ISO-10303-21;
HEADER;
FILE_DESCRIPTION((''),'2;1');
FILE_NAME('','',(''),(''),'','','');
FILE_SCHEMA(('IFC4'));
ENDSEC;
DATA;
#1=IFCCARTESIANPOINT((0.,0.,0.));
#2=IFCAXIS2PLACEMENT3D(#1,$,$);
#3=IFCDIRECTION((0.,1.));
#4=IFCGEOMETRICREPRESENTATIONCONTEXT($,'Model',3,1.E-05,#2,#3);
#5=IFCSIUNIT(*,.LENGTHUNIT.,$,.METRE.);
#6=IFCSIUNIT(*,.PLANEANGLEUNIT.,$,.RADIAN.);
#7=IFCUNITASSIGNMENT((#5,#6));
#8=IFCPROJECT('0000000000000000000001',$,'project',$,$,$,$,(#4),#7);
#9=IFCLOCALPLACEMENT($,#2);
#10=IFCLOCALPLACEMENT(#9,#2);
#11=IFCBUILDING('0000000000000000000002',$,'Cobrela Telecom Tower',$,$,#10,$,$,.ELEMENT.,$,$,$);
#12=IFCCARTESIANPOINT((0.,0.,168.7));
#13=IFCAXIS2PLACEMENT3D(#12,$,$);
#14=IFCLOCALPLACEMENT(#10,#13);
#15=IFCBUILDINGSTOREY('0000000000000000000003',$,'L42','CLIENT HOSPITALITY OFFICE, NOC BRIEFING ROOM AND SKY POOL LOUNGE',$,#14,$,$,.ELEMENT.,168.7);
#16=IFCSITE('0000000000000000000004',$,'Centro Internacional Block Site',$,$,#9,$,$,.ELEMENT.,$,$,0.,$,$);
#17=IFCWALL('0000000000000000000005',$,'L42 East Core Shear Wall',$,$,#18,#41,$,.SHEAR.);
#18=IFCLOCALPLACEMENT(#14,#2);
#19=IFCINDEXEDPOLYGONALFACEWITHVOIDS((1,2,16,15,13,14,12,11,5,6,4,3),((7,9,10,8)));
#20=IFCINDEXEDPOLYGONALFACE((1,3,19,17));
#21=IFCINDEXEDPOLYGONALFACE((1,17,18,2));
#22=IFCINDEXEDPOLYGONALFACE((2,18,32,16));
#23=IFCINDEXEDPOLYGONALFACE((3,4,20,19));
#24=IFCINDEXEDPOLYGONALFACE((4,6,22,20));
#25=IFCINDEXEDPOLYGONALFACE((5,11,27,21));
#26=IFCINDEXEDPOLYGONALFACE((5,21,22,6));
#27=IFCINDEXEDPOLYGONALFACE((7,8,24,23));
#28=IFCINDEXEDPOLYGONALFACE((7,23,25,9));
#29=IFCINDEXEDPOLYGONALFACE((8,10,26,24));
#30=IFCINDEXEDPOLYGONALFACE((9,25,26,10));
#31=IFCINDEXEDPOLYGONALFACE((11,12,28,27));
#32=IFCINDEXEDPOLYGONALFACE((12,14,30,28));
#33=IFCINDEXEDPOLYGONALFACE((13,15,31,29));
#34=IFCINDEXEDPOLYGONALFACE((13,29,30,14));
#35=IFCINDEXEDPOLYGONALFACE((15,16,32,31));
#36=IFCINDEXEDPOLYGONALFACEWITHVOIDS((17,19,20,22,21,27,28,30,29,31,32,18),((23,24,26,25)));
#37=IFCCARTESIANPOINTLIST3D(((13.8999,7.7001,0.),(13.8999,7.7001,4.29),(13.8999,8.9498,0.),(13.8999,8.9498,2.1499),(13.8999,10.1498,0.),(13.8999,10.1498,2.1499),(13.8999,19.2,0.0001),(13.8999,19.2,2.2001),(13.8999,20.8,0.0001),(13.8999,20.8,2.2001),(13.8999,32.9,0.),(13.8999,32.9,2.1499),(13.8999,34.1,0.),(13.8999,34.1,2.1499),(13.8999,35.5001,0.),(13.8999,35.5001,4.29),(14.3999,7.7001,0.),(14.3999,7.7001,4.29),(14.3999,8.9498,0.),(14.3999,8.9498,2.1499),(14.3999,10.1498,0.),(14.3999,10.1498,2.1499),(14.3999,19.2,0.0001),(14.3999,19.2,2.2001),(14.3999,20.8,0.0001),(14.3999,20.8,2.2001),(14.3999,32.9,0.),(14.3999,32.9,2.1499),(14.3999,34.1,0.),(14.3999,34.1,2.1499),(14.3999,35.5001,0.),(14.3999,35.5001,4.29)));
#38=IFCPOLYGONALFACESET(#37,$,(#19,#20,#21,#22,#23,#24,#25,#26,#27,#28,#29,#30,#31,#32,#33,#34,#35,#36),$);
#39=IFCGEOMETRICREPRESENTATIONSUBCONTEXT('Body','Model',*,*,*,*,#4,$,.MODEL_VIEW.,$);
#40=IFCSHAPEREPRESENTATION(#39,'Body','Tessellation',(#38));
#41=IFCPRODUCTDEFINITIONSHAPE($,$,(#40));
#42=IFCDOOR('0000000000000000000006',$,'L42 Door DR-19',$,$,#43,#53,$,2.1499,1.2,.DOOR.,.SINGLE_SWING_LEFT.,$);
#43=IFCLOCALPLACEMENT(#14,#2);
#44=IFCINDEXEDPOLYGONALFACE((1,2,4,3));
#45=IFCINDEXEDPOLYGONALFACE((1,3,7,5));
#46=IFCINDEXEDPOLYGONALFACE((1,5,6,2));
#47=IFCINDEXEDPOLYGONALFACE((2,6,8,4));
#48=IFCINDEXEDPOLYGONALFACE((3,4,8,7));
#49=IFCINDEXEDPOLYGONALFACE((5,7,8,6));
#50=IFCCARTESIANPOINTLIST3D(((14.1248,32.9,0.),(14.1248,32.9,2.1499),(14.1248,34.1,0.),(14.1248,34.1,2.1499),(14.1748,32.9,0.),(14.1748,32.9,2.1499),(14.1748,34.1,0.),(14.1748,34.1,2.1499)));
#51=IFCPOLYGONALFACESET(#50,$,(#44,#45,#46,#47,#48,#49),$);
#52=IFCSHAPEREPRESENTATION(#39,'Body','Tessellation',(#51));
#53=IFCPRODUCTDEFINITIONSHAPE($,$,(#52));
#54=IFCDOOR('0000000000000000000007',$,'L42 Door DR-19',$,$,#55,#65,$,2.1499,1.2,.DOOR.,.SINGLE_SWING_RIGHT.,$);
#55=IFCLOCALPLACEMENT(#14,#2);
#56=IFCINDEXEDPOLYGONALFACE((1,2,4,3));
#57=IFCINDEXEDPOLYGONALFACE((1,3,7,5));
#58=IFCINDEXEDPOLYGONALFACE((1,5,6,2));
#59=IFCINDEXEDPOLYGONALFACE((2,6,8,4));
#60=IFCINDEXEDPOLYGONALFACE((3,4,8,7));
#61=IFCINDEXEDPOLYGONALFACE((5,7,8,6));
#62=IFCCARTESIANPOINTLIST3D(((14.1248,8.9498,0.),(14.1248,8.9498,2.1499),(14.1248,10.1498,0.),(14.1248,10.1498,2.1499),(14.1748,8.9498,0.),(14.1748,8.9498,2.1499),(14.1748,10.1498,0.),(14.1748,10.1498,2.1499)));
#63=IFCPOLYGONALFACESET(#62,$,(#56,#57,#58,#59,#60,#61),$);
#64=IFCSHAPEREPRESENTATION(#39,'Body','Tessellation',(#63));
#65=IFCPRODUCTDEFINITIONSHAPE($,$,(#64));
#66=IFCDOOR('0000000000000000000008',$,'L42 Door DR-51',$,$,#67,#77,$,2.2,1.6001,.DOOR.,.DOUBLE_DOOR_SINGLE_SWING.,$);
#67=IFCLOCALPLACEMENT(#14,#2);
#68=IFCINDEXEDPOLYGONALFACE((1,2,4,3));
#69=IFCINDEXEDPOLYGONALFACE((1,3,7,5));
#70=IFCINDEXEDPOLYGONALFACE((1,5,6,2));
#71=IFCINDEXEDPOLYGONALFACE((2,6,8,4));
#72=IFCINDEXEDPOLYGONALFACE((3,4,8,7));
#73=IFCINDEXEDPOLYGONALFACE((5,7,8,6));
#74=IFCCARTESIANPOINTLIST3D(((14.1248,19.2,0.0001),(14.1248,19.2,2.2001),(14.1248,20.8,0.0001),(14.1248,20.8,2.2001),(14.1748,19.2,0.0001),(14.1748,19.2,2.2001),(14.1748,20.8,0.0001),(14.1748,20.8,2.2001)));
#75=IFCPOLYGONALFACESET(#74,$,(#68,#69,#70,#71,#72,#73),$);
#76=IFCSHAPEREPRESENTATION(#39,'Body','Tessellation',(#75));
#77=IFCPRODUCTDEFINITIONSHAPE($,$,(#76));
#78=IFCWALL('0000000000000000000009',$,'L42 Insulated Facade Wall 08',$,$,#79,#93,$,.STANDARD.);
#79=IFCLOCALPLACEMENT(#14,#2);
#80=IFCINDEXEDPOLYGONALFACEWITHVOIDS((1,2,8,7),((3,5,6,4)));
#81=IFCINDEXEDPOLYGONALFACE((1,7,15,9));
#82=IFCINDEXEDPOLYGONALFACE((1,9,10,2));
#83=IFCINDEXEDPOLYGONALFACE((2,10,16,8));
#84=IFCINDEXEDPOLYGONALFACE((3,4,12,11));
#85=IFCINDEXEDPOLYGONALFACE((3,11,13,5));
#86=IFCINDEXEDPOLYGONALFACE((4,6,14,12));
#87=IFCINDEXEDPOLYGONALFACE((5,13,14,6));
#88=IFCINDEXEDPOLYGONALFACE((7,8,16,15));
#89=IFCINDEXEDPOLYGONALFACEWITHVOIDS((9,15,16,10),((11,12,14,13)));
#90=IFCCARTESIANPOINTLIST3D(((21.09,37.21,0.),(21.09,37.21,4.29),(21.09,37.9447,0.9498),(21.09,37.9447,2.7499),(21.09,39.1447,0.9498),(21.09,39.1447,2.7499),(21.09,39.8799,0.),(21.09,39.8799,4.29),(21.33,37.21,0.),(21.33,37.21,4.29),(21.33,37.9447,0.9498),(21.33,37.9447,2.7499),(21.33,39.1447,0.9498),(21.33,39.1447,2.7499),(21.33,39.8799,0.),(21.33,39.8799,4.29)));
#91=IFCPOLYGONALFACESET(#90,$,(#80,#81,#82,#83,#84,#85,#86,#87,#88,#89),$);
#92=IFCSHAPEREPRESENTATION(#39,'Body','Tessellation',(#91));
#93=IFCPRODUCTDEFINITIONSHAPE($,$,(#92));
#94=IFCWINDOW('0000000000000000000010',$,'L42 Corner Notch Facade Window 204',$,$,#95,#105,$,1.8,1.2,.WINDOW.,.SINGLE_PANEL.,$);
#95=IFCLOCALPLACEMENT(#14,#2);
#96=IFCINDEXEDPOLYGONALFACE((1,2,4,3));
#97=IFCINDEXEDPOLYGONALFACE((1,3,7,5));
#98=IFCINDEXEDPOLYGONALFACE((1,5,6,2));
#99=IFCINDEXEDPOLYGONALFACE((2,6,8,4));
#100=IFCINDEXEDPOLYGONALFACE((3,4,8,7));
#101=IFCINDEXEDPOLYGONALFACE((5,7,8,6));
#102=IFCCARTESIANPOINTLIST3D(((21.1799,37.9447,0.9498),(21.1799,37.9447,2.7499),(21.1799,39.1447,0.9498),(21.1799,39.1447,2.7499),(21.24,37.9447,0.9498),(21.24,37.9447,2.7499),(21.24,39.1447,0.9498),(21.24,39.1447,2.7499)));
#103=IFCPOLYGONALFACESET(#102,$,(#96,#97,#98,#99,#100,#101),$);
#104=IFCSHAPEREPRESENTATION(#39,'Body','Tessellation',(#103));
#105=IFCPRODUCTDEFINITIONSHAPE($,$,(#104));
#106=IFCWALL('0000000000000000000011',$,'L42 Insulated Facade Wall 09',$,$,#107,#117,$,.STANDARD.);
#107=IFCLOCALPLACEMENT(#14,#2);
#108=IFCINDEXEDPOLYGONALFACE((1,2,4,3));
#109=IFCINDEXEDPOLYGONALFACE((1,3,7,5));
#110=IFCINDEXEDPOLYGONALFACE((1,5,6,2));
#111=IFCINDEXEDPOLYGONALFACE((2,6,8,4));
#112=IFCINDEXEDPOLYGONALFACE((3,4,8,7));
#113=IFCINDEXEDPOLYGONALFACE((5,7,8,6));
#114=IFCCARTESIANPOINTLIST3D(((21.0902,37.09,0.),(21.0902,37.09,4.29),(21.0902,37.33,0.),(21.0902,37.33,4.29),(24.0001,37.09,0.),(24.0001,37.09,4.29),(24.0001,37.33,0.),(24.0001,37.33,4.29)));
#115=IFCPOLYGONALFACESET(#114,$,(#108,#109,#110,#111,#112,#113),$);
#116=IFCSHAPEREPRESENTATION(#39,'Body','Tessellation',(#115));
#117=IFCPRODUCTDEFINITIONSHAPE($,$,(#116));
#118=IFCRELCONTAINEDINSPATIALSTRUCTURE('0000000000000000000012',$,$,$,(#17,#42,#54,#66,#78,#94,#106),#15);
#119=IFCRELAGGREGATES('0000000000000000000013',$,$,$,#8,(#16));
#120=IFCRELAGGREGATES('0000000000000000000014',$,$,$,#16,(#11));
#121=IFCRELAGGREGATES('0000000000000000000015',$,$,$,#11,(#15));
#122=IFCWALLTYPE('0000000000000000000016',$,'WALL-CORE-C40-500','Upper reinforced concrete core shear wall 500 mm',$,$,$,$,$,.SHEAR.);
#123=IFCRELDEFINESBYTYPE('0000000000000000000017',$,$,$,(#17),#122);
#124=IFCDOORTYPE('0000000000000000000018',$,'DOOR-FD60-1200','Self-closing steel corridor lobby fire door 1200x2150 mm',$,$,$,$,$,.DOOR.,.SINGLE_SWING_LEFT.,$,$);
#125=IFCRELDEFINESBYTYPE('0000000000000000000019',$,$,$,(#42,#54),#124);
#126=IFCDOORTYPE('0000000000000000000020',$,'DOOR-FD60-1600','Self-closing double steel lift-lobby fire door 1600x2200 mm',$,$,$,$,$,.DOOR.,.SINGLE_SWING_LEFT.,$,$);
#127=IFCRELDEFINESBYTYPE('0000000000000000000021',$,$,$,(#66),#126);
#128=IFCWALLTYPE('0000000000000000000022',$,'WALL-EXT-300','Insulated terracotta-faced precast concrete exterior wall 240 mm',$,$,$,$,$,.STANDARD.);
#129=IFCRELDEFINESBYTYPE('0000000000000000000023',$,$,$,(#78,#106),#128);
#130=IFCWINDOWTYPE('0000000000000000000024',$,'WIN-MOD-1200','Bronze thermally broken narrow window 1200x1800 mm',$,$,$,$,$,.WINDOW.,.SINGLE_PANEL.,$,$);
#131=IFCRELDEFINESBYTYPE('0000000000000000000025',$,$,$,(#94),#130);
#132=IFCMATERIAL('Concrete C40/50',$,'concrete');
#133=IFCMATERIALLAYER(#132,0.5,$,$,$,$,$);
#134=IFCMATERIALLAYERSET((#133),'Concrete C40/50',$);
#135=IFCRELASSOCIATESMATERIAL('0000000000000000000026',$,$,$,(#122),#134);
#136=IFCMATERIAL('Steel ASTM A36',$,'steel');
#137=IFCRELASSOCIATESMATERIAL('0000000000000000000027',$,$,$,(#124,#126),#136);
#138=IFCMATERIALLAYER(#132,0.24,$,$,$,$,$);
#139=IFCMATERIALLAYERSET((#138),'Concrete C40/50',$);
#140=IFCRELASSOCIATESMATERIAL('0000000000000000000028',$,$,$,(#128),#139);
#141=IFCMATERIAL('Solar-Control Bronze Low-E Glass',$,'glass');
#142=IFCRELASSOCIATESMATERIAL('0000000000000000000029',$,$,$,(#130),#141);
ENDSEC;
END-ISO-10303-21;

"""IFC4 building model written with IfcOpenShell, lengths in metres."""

from ifc_helpers import new_model, si_unit, direction, frame, frame_2d, origin, place, context, subcontext, project, spatial, rectangle, extrude, material, layer, layer_set, type_object, element, fill, save


model = new_model("IFC4")

# Units and contexts
model_context = context("Model", 3, precision=1e-05, world=origin(), true_north=direction((0.0, 1.0)))
body_context = subcontext(model_context, "Body", "Model", "MODEL_VIEW")
ifc_project = project(units=[si_unit("LENGTHUNIT", "METRE"), si_unit("PLANEANGLEUNIT", "RADIAN")], contexts=[model_context])

# Site, building, storey
site_placement = place(None, origin())
site = spatial("IfcSite", under=ifc_project, at=site_placement, Name="Centro Internacional Block Site", CompositionType="ELEMENT", RefElevation=0.0)
building_placement = place(site_placement, origin())
building = spatial("IfcBuilding", under=site, at=building_placement, Name="Cobrela Telecom Tower", CompositionType="ELEMENT")
storey_placement = place(building_placement, frame((0.0, 0.0, 168.7)))
storey = spatial("IfcBuildingStorey", under=building, at=storey_placement, Name="L42", Description="CLIENT HOSPITALITY OFFICE, NOC BRIEFING ROOM AND SKY POOL LOUNGE", CompositionType="ELEMENT", Elevation=168.7)

# Shared definitions
ifc_material_1 = material(Name="Concrete C40/50", Category="concrete")

# Wall, openings, doors
ifc_layer_1 = layer(ifc_material_1, 0.5)
ifc_layer_set_1 = layer_set([ifc_layer_1], Name="Concrete C40/50")
wall_type_1 = type_object("IfcWallType", Name="WALL-CORE-C40-500", Description="Upper reinforced concrete core shear wall 500 mm", PredefinedType="SHEAR", material=ifc_layer_set_1)
wall_1_placement = place(storey_placement, frame((14.1499, 35.5, 0.0), z_axis=(0.0, 0.0, 1.0), x_axis=(0.0, -1.0, 0.0)))
wall_1 = element("IfcWall", 1, at=wall_1_placement, inside=storey, type_object=wall_type_1, Name="L42 East Core Shear Wall", PredefinedType="SHEAR", context=body_context, shape_type="SweptSolid", body=[
    extrude(rectangle(XDim=27.8, YDim=0.5, at=frame_2d((13.8999, 0.0))), origin(), (0.0, 0.0, 1.0), 4.29),
])
opening_1_placement = place(wall_1_placement, frame((1.3999, 0.0, 0.0)))
opening_1 = element("IfcOpeningElement", 2, at=opening_1_placement, cuts=wall_1, PredefinedType="OPENING", context=body_context, shape_type="SweptSolid", body=[
    extrude(rectangle(XDim=1.2, YDim=2.1499, at=frame_2d((0.6001, 1.075))), frame((0.0, 0.262, 0.0), z_axis=(0.0, -1.0, 0.0), x_axis=(1.0, 0.0, 0.0)), (0.0, 0.0, 1.0), 0.5239),
])
opening_2_placement = place(wall_1_placement, frame((25.3501, 0.0, 0.0)))
opening_2 = element("IfcOpeningElement", 3, at=opening_2_placement, cuts=wall_1, PredefinedType="OPENING", context=body_context, shape_type="SweptSolid", body=[
    extrude(rectangle(XDim=1.2, YDim=2.1499, at=frame_2d((0.6001, 1.075))), frame((0.0, 0.262, 0.0), z_axis=(0.0, -1.0, 0.0), x_axis=(1.0, 0.0, 0.0)), (0.0, 0.0, 1.0), 0.5239),
])
opening_3_placement = place(wall_1_placement, frame((14.7, 0.0, 0.0)))
opening_3 = element("IfcOpeningElement", 4, at=opening_3_placement, cuts=wall_1, PredefinedType="OPENING", context=body_context, shape_type="SweptSolid", body=[
    extrude(rectangle(XDim=1.6001, YDim=2.2, at=frame_2d((0.8, 1.1001))), frame((0.0, 0.262, 0.0), z_axis=(0.0, -1.0, 0.0), x_axis=(1.0, 0.0, 0.0)), (0.0, 0.0, 1.0), 0.5239),
])
ifc_material_2 = material(Name="Steel ASTM A36", Category="steel")
door_type_1 = type_object("IfcDoorType", Name="DOOR-FD60-1200", Description="Self-closing steel corridor lobby fire door 1200x2150 mm", OperationType="SINGLE_SWING_LEFT", PredefinedType="DOOR", material=ifc_material_2)
door_1_placement = place(opening_1_placement, origin())
door_1 = element("IfcDoor", 5, at=door_1_placement, inside=storey, type_object=door_type_1, Name="L42 Door DR-19", OperationType="SINGLE_SWING_LEFT", OverallHeight=2.1499, OverallWidth=1.2, PredefinedType="DOOR", context=body_context, shape_type="SweptSolid", body=[
    extrude(rectangle(XDim=1.2, YDim=2.1499, at=frame_2d((0.6001, 1.075))), frame((0.0, 0.0249, 0.0), z_axis=(0.0, -1.0, 0.0), x_axis=(1.0, 0.0, 0.0)), (0.0, 0.0, 1.0), 0.05),
])
fill(opening_1, door_1)
door_2_placement = place(opening_2_placement, origin())
door_2 = element("IfcDoor", 6, at=door_2_placement, inside=storey, type_object=door_type_1, Name="L42 Door DR-19", OperationType="SINGLE_SWING_RIGHT", OverallHeight=2.1499, OverallWidth=1.2, PredefinedType="DOOR", context=body_context, shape_type="SweptSolid", body=[
    extrude(rectangle(XDim=1.2, YDim=2.1499, at=frame_2d((0.6001, 1.075))), frame((0.0, 0.0249, 0.0), z_axis=(0.0, -1.0, 0.0), x_axis=(1.0, 0.0, 0.0)), (0.0, 0.0, 1.0), 0.05),
])
fill(opening_2, door_2)
door_type_2 = type_object("IfcDoorType", Name="DOOR-FD60-1600", Description="Self-closing double steel lift-lobby fire door 1600x2200 mm", OperationType="SINGLE_SWING_LEFT", PredefinedType="DOOR", material=ifc_material_2)
door_3_placement = place(opening_3_placement, origin())
door_3 = element("IfcDoor", 7, at=door_3_placement, inside=storey, type_object=door_type_2, Name="L42 Door DR-51", OperationType="DOUBLE_DOOR_SINGLE_SWING", OverallHeight=2.2, OverallWidth=1.6001, PredefinedType="DOOR", context=body_context, shape_type="SweptSolid", body=[
    extrude(rectangle(XDim=1.6001, YDim=2.2, at=frame_2d((0.8, 1.1001))), frame((0.0, 0.0249, 0.0), z_axis=(0.0, -1.0, 0.0), x_axis=(1.0, 0.0, 0.0)), (0.0, 0.0, 1.0), 0.05),
])
fill(opening_3, door_3)

# Wall, opening, window
ifc_layer_2 = layer(ifc_material_1, 0.24)
ifc_layer_set_2 = layer_set([ifc_layer_2], Name="Concrete C40/50")
wall_type_2 = type_object("IfcWallType", Name="WALL-EXT-300", Description="Insulated terracotta-faced precast concrete exterior wall 240 mm", PredefinedType="STANDARD", material=ifc_layer_set_2)
wall_2_placement = place(storey_placement, frame((21.21, 39.8799, 0.0), z_axis=(0.0, 0.0, 1.0), x_axis=(0.0, -1.0, 0.0)))
wall_2 = element("IfcWall", 8, at=wall_2_placement, inside=storey, type_object=wall_type_2, Name="L42 Insulated Facade Wall 08", PredefinedType="STANDARD", context=body_context, shape_type="SweptSolid", body=[
    extrude(rectangle(XDim=2.6699, YDim=0.24, at=frame_2d((1.335, 0.0))), origin(), (0.0, 0.0, 1.0), 4.29),
])
opening_4_placement = place(wall_2_placement, frame((0.7351, 0.0, 0.95)))
opening_4 = element("IfcOpeningElement", 9, at=opening_4_placement, cuts=wall_2, PredefinedType="OPENING", context=body_context, shape_type="SweptSolid", body=[
    extrude(rectangle(XDim=1.2, YDim=1.8, at=frame_2d((0.6001, 0.8999))), frame((0.0, 0.1318, 0.0), z_axis=(0.0, -1.0, 0.0), x_axis=(1.0, 0.0, 0.0)), (0.0, 0.0, 1.0), 0.2639),
])
ifc_material_3 = material(Name="Solar-Control Bronze Low-E Glass", Category="glass")
window_type = type_object("IfcWindowType", Name="WIN-MOD-1200", Description="Bronze thermally broken narrow window 1200x1800 mm", PartitioningType="SINGLE_PANEL", PredefinedType="WINDOW", material=ifc_material_3)
window_placement = place(opening_4_placement, origin())
window = element("IfcWindow", 10, at=window_placement, inside=storey, type_object=window_type, Name="L42 Corner Notch Facade Window 204", OverallHeight=1.8, OverallWidth=1.2, PartitioningType="SINGLE_PANEL", PredefinedType="WINDOW", context=body_context, shape_type="SweptSolid", body=[
    extrude(rectangle(XDim=1.2, YDim=1.8, at=frame_2d((0.6001, 0.8999))), frame((0.0, 0.03, 0.0), z_axis=(0.0, -1.0, 0.0), x_axis=(1.0, 0.0, 0.0)), (0.0, 0.0, 1.0), 0.0601),
])
fill(opening_4, window)

# Wall
wall_3_placement = place(storey_placement, frame((21.0901, 37.21, 0.0), z_axis=(0.0, 0.0, 1.0), x_axis=(1.0, 0.0, 0.0)))
element("IfcWall", 11, at=wall_3_placement, inside=storey, type_object=wall_type_2, Name="L42 Insulated Facade Wall 09", PredefinedType="STANDARD", context=body_context, shape_type="SweptSolid", body=[
    extrude(rectangle(XDim=2.9099, YDim=0.24, at=frame_2d((1.4551, 0.0))), origin(), (0.0, 0.0, 1.0), 4.29),
])

save(model, "model.ifc")
